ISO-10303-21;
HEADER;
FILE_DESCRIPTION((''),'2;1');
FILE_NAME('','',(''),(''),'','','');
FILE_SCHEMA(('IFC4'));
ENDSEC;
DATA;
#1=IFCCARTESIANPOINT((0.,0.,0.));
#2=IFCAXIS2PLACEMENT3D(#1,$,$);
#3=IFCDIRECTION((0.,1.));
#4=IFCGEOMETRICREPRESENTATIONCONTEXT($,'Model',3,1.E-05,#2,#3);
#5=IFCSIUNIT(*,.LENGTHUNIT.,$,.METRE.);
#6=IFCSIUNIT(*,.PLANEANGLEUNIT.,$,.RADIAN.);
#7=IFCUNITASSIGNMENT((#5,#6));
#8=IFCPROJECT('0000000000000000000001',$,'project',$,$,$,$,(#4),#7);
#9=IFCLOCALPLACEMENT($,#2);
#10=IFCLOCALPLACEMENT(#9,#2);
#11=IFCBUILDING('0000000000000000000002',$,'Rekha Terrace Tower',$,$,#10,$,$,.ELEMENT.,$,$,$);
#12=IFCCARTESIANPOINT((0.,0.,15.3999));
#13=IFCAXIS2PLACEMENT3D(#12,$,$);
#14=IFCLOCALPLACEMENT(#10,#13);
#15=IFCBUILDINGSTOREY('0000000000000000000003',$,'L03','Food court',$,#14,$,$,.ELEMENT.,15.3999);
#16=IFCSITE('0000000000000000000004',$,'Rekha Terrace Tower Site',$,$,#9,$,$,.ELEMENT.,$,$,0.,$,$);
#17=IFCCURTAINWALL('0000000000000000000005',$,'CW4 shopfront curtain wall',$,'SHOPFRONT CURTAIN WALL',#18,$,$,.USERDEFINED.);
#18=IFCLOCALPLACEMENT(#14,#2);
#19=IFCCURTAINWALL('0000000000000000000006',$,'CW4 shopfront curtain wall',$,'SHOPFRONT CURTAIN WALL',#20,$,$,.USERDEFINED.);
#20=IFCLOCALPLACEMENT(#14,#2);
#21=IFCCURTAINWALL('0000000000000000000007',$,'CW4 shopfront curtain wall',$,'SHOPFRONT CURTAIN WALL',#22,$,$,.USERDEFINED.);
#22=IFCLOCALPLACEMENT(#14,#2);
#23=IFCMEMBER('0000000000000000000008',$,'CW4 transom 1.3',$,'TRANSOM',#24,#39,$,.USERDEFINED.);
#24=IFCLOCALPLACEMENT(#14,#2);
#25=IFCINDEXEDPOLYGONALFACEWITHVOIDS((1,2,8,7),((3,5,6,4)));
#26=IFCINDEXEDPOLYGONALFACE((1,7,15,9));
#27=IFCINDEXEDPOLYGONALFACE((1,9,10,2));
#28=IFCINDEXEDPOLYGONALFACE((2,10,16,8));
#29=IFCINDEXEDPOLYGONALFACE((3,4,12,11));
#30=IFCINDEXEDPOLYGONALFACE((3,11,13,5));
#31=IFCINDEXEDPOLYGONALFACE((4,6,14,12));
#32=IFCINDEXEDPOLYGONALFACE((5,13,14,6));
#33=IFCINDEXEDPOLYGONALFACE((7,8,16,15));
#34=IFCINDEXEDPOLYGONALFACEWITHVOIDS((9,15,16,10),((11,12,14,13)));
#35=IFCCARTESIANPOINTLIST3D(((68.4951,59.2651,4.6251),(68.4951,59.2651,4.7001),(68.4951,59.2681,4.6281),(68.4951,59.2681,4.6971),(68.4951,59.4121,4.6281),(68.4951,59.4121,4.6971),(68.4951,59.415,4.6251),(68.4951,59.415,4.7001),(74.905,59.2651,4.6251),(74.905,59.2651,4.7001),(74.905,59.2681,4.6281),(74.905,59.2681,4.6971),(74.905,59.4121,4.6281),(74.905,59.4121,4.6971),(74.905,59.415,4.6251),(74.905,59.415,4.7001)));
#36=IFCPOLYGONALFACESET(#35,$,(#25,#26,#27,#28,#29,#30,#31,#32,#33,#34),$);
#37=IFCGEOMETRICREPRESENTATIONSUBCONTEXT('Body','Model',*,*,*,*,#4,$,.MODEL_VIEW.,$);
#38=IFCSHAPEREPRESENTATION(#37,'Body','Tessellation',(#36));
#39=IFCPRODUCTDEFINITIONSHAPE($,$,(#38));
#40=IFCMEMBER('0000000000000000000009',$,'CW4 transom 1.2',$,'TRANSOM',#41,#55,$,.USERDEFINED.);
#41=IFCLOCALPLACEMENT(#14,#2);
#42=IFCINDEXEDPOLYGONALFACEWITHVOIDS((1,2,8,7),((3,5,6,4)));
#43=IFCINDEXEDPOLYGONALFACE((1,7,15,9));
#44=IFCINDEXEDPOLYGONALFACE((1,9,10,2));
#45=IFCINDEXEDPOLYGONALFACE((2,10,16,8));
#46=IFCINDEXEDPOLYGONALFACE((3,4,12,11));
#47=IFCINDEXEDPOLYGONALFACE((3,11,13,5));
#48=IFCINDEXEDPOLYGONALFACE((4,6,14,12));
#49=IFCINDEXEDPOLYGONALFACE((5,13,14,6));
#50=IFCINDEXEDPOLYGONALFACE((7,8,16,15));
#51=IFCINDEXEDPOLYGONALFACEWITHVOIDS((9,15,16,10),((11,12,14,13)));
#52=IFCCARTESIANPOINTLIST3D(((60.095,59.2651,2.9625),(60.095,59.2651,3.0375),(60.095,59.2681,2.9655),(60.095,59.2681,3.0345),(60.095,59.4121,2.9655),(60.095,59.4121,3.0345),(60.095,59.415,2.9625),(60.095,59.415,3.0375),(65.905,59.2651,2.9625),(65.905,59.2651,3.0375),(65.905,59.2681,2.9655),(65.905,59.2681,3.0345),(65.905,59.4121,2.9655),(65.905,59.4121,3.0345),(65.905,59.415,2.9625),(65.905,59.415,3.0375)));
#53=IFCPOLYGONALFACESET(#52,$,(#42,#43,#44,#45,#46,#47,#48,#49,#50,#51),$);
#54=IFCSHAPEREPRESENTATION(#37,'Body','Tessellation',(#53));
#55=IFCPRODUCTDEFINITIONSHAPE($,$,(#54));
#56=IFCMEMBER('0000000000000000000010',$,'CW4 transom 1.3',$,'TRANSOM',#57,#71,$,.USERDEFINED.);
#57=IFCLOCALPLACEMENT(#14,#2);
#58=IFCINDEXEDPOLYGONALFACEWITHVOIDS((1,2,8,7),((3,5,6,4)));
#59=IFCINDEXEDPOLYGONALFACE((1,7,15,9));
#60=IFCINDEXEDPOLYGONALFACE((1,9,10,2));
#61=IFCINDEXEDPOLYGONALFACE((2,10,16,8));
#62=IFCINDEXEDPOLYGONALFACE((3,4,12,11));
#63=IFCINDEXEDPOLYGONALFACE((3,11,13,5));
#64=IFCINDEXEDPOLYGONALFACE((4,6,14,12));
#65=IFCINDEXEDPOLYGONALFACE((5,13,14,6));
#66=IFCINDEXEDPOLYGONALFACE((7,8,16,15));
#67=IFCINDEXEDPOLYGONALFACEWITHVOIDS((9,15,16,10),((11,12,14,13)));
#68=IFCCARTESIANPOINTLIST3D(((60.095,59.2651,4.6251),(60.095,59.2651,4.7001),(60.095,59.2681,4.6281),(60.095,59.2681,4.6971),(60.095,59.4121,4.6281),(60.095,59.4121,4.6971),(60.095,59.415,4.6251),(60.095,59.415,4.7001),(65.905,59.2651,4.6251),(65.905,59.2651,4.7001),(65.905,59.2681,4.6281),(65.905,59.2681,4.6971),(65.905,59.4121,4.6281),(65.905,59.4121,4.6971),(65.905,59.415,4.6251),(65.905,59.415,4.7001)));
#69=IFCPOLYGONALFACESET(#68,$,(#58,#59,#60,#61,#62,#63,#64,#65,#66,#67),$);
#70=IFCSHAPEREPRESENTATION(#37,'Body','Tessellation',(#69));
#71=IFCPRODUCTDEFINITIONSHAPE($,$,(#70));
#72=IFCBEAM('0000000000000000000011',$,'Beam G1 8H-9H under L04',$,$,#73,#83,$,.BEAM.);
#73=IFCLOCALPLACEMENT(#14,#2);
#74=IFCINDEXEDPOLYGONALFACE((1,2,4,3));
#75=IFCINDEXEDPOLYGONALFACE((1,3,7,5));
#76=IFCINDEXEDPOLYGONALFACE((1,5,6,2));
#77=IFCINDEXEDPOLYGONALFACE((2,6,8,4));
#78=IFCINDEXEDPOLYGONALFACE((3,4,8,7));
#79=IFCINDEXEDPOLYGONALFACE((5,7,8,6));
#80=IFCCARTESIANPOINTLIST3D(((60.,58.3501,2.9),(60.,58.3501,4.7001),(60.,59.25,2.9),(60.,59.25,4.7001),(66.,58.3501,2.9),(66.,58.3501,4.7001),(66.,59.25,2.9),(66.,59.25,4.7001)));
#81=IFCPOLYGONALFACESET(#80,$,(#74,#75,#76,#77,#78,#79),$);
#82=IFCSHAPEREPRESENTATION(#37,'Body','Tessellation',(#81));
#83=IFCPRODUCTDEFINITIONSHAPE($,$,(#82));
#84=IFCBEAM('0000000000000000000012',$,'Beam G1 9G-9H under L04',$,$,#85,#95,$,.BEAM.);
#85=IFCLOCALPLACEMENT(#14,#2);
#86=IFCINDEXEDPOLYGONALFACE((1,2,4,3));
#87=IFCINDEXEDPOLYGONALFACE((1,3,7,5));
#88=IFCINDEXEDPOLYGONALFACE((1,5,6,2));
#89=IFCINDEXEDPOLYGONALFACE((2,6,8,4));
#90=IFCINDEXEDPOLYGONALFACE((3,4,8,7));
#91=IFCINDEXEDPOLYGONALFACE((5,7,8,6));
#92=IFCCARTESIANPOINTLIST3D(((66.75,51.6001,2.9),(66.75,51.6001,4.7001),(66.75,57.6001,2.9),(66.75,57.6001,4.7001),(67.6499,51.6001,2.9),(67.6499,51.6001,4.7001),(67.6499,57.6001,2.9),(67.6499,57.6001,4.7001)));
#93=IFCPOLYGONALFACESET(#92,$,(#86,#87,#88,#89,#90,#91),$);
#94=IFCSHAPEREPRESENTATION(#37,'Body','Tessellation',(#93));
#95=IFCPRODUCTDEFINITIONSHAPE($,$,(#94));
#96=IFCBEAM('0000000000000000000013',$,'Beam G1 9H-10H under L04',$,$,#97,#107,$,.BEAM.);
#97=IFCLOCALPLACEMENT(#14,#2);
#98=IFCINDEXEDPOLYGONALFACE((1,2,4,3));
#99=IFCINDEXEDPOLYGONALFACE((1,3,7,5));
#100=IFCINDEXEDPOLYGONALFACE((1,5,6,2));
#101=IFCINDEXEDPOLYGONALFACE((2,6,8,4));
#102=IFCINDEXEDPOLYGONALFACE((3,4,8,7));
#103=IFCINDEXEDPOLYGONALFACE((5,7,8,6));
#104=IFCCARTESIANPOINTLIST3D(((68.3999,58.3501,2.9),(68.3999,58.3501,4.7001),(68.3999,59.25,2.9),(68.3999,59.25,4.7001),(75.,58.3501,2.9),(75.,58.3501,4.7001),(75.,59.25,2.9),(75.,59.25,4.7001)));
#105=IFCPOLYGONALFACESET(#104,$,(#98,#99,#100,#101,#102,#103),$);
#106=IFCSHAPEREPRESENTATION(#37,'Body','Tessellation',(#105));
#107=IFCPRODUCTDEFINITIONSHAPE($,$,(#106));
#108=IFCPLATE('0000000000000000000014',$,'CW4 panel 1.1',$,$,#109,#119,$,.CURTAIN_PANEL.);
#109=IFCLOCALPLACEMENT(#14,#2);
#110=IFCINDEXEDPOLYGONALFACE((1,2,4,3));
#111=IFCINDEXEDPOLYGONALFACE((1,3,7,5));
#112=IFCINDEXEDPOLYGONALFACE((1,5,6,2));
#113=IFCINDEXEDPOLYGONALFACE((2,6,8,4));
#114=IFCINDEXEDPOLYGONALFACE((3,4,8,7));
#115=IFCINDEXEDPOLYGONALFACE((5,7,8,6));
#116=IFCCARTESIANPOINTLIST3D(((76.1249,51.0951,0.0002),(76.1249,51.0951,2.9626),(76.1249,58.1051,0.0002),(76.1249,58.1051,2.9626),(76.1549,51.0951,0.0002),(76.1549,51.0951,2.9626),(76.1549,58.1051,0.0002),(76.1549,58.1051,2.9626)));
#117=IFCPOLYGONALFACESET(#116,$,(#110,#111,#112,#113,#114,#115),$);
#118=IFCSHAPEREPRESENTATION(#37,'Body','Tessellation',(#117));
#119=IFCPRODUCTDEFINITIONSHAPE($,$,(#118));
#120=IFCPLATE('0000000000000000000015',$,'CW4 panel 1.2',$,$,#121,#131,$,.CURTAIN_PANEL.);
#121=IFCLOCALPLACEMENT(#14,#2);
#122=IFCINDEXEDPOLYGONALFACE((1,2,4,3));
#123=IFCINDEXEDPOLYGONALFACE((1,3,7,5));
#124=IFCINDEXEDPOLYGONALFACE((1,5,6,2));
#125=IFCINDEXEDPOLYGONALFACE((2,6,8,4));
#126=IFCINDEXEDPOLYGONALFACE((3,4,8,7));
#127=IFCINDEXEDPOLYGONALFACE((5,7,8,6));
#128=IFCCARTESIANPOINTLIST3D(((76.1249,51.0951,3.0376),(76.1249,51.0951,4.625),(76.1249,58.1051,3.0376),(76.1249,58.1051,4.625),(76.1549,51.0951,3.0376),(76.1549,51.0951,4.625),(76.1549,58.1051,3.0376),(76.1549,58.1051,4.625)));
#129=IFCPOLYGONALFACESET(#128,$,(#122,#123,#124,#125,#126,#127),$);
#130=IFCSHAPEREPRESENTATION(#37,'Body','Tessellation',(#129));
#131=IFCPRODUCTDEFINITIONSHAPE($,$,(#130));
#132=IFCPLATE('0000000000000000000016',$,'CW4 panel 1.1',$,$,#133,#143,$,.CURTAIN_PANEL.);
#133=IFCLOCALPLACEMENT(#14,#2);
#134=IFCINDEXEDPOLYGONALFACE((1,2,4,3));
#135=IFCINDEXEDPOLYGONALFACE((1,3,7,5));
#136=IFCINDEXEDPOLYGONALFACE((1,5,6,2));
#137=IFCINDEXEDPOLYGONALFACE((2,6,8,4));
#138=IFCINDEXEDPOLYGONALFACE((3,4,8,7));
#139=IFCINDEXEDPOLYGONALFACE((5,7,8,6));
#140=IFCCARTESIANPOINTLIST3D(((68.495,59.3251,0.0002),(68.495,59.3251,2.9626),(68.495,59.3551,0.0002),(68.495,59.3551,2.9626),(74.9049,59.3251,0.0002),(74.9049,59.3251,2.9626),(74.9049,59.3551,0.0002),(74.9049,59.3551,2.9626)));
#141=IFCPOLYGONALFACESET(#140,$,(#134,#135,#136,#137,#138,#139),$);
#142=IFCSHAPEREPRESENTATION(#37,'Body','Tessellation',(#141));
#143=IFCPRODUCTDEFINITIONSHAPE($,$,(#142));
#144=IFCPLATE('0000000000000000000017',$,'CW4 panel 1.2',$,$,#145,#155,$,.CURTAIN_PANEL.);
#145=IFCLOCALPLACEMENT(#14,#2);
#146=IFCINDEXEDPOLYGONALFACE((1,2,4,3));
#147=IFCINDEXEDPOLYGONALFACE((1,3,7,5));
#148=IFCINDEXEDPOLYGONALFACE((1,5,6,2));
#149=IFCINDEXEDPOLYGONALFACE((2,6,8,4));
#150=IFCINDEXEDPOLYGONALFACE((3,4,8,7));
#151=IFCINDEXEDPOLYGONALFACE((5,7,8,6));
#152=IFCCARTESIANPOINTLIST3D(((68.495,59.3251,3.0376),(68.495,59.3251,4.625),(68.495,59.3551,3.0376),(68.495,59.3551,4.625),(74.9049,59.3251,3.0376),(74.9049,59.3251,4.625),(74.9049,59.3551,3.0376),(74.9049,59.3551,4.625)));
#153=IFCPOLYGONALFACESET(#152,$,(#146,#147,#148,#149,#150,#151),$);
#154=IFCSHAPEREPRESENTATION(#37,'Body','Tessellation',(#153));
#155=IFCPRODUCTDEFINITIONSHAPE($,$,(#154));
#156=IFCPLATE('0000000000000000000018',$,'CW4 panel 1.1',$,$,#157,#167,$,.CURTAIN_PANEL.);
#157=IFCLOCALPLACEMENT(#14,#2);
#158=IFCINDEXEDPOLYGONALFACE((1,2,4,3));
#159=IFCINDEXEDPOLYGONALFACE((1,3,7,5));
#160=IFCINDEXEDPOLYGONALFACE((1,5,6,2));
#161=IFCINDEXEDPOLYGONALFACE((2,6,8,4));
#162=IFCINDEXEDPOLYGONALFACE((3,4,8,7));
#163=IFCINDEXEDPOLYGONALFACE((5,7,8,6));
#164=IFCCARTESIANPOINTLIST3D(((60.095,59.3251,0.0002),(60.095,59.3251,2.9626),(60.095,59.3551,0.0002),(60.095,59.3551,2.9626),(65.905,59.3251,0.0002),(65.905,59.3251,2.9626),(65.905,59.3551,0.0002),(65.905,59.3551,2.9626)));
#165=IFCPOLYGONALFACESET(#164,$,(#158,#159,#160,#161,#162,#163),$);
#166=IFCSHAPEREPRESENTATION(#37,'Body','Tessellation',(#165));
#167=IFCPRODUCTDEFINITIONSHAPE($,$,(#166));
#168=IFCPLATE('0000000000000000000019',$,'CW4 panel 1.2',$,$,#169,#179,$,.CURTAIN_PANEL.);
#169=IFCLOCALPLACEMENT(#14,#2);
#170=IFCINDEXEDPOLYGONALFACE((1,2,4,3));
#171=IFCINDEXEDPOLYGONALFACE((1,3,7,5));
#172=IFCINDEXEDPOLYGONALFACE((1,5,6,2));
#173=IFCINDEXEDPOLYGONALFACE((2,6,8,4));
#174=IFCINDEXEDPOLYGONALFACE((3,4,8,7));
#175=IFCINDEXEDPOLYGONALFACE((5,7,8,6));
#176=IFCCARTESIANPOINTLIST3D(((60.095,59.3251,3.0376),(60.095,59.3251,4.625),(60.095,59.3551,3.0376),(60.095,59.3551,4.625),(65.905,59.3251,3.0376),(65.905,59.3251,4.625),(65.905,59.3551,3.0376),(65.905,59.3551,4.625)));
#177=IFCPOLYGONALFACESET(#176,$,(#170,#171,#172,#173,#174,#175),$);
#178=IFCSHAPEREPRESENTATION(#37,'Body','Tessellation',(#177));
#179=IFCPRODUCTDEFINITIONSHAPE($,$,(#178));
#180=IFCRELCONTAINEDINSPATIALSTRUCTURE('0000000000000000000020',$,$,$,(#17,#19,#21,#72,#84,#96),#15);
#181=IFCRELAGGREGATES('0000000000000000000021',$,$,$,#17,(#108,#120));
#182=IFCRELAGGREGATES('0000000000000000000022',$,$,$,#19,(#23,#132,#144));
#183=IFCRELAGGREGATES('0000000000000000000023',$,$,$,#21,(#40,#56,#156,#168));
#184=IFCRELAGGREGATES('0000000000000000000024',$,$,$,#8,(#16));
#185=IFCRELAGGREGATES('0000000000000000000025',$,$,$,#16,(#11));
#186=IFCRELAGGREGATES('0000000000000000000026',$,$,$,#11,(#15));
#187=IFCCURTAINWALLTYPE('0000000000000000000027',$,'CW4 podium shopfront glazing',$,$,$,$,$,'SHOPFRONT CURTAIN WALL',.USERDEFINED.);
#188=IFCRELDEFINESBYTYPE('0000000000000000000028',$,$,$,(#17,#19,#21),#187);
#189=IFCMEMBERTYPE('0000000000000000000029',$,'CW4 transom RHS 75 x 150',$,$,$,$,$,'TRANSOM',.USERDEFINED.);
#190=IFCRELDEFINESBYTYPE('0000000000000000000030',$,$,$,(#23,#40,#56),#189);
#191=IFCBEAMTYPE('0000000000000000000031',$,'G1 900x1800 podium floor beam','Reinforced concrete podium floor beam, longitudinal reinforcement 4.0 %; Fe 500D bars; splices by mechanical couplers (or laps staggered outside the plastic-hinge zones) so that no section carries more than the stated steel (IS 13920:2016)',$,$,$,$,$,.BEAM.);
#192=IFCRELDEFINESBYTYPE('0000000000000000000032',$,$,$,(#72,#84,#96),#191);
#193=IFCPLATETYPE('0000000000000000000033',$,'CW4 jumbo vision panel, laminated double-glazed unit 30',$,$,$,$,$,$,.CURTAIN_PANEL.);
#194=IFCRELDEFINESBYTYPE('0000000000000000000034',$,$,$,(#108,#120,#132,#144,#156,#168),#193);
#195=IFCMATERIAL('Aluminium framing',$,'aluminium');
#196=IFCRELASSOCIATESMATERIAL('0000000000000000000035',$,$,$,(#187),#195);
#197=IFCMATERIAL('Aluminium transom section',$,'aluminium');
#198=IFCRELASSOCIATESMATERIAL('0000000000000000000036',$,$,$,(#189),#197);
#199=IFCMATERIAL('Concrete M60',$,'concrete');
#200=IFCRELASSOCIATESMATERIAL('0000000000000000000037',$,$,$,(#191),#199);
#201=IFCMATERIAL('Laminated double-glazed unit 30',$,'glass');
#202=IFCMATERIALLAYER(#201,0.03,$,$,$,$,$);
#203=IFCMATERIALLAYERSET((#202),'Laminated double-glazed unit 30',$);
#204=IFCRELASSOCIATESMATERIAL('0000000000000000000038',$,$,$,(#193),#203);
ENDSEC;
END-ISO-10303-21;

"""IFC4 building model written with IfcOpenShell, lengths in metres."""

from ifc_helpers import new_model, si_unit, direction, frame, origin, origin_2d, place, context, subcontext, project, spatial, rectangle, hollow_rectangle, extrude, material, layer, layer_set, material_profile, profile_set, type_object, element, aggregate, save


model = new_model("IFC4")

# Units and contexts
model_context = context("Model", 3, precision=1e-05, world=origin(), true_north=direction((0.0, 1.0)))
body_context = subcontext(model_context, "Body", "Model", "MODEL_VIEW")
ifc_project = project(units=[si_unit("LENGTHUNIT", "METRE"), si_unit("PLANEANGLEUNIT", "RADIAN")], contexts=[model_context])

# Site, building, storey
site_placement = place(None, origin())
site = spatial("IfcSite", under=ifc_project, at=site_placement, Name="Rekha Terrace Tower Site", CompositionType="ELEMENT", RefElevation=0.0)
building_placement = place(site_placement, origin())
building = spatial("IfcBuilding", under=site, at=building_placement, Name="Rekha Terrace Tower", CompositionType="ELEMENT")
storey_placement = place(building_placement, frame((0.0, 0.0, 15.3999)))
storey = spatial("IfcBuildingStorey", under=building, at=storey_placement, Name="L03", Description="Food court", CompositionType="ELEMENT", Elevation=15.3999)

# Shared definitions
ifc_material_1 = material(Name="Concrete M60", Category="concrete")

# Curtain walls
ifc_material_2 = material(Name="Aluminium framing", Category="aluminium")
curtain_wall_type = type_object("IfcCurtainWallType", Name="CW4 podium shopfront glazing", ElementType="SHOPFRONT CURTAIN WALL", PredefinedType="USERDEFINED", material=ifc_material_2)
curtain_wall_1_placement = place(storey_placement, origin())
curtain_wall_1 = element("IfcCurtainWall", 1, at=curtain_wall_1_placement, inside=storey, type_object=curtain_wall_type, Name="CW4 shopfront curtain wall", ObjectType="SHOPFRONT CURTAIN WALL", PredefinedType="USERDEFINED")
curtain_wall_2_placement = place(storey_placement, origin())
curtain_wall_2 = element("IfcCurtainWall", 2, at=curtain_wall_2_placement, inside=storey, type_object=curtain_wall_type, Name="CW4 shopfront curtain wall", ObjectType="SHOPFRONT CURTAIN WALL", PredefinedType="USERDEFINED")
curtain_wall_3_placement = place(storey_placement, origin())
curtain_wall_3 = element("IfcCurtainWall", 3, at=curtain_wall_3_placement, inside=storey, type_object=curtain_wall_type, Name="CW4 shopfront curtain wall", ObjectType="SHOPFRONT CURTAIN WALL", PredefinedType="USERDEFINED")

# Members
ifc_material_3 = material(Name="Aluminium transom section", Category="aluminium")
ifc_material_profile_1 = material_profile(ifc_material_3, hollow_rectangle(XDim=0.1499, YDim=0.075, WallThickness=0.0029, at=origin_2d()), Name="AL RHS 150x75")
ifc_profile_set_1 = profile_set([ifc_material_profile_1], Name="Aluminium transom section")
member_type_1 = type_object("IfcMemberType", Name="CW4 transom RHS 75 x 150", ElementType="TRANSOM", PredefinedType="USERDEFINED", material=ifc_profile_set_1)
member_1_placement = place(storey_placement, frame((74.905, 59.3401, 4.6626), z_axis=(-1.0, 0.0, 0.0), x_axis=(0.0, -1.0, 0.0)))
member_1 = element("IfcMember", 4, at=member_1_placement, type_object=member_type_1, Name="CW4 transom 1.3", ObjectType="TRANSOM", PredefinedType="USERDEFINED", context=body_context, shape_type="SweptSolid", body=[
    extrude(hollow_rectangle(XDim=0.1499, YDim=0.075, WallThickness=0.0029, at=origin_2d()), origin(), (0.0, 0.0, 1.0), 6.4099),
])
member_2_placement = place(storey_placement, frame((65.905, 59.3401, 3.0), z_axis=(-1.0, 0.0, 0.0), x_axis=(0.0, -1.0, 0.0)))
member_2 = element("IfcMember", 5, at=member_2_placement, type_object=member_type_1, Name="CW4 transom 1.2", ObjectType="TRANSOM", PredefinedType="USERDEFINED", context=body_context, shape_type="SweptSolid", body=[
    extrude(hollow_rectangle(XDim=0.1499, YDim=0.075, WallThickness=0.0029, at=origin_2d()), origin(), (0.0, 0.0, 1.0), 5.8101),
])
member_3_placement = place(storey_placement, frame((65.905, 59.3401, 4.6626), z_axis=(-1.0, 0.0, 0.0), x_axis=(0.0, -1.0, 0.0)))
member_3 = element("IfcMember", 6, at=member_3_placement, type_object=member_type_1, Name="CW4 transom 1.3", ObjectType="TRANSOM", PredefinedType="USERDEFINED", context=body_context, shape_type="SweptSolid", body=[
    extrude(hollow_rectangle(XDim=0.1499, YDim=0.075, WallThickness=0.0029, at=origin_2d()), origin(), (0.0, 0.0, 1.0), 5.8101),
])

# Beams
ifc_material_profile_2 = material_profile(ifc_material_1, rectangle(XDim=0.8999, YDim=1.8, at=origin_2d()), Name="RC 900x1800")
ifc_profile_set_2 = profile_set([ifc_material_profile_2], Name="Concrete M60")
beam_type = type_object("IfcBeamType", Name="G1 900x1800 podium floor beam", Description="Reinforced concrete podium floor beam, longitudinal reinforcement 4.0 %; Fe 500D bars; splices by mechanical couplers (or laps staggered outside the plastic-hinge zones) so that no section carries more than the stated steel (IS 13920:2016)", PredefinedType="BEAM", material=ifc_profile_set_2)
for number, where, z_axis, x_axis, name in (
    (7, (60.0, 58.8, 3.8), (1.0, 0.0, 0.0), (0.0, 1.0, 0.0), "Beam G1 8H-9H under L04"),
    (8, (67.2, 51.6001, 3.8), (0.0, 1.0, 0.0), (-1.0, 0.0, 0.0), "Beam G1 9G-9H under L04"),
):
    element("IfcBeam", number, at=place(storey_placement, frame(where, z_axis=z_axis, x_axis=x_axis)), inside=storey, type_object=beam_type, Name=name, PredefinedType="BEAM", context=body_context, shape_type="SweptSolid", body=[
        extrude(rectangle(XDim=0.8999, YDim=1.8, at=origin_2d()), origin(), (0.0, 0.0, 1.0), 6.0),
    ])
beam_placement = place(storey_placement, frame((68.3999, 58.8, 3.8), z_axis=(1.0, 0.0, 0.0), x_axis=(0.0, 1.0, 0.0)))
element("IfcBeam", 9, at=beam_placement, inside=storey, type_object=beam_type, Name="Beam G1 9H-10H under L04", PredefinedType="BEAM", context=body_context, shape_type="SweptSolid", body=[
    extrude(rectangle(XDim=0.8999, YDim=1.8, at=origin_2d()), origin(), (0.0, 0.0, 1.0), 6.6001),
])

# Plates
ifc_material_4 = material(Name="Laminated double-glazed unit 30", Category="glass")
ifc_layer = layer(ifc_material_4, 0.03)
ifc_layer_set = layer_set([ifc_layer], Name="Laminated double-glazed unit 30")
plate_type = type_object("IfcPlateType", Name="CW4 jumbo vision panel, laminated double-glazed unit 30", PredefinedType="CURTAIN_PANEL", material=ifc_layer_set)
plate_1_placement = place(storey_placement, frame((76.1399, 54.6001, 0.0002), z_axis=(0.0, 0.0, 1.0), x_axis=(0.0, 1.0, 0.0)))
plate_1 = element("IfcPlate", 10, at=plate_1_placement, type_object=plate_type, Name="CW4 panel 1.1", PredefinedType="CURTAIN_PANEL", context=body_context, shape_type="SweptSolid", body=[
    extrude(rectangle(XDim=7.01, YDim=0.03, at=origin_2d()), origin(), (0.0, 0.0, 1.0), 2.9624),
])
plate_2_placement = place(storey_placement, frame((76.1399, 54.6001, 3.0376), z_axis=(0.0, 0.0, 1.0), x_axis=(0.0, 1.0, 0.0)))
plate_2 = element("IfcPlate", 11, at=plate_2_placement, type_object=plate_type, Name="CW4 panel 1.2", PredefinedType="CURTAIN_PANEL", context=body_context, shape_type="SweptSolid", body=[
    extrude(rectangle(XDim=7.01, YDim=0.03, at=origin_2d()), origin(), (0.0, 0.0, 1.0), 1.5874),
])
aggregate(curtain_wall_1, [plate_1, plate_2])
plate_3_placement = place(storey_placement, frame((71.7, 59.3401, 0.0002), z_axis=(0.0, 0.0, 1.0), x_axis=(-1.0, 0.0, 0.0)))
plate_3 = element("IfcPlate", 12, at=plate_3_placement, type_object=plate_type, Name="CW4 panel 1.1", PredefinedType="CURTAIN_PANEL", context=body_context, shape_type="SweptSolid", body=[
    extrude(rectangle(XDim=6.4099, YDim=0.03, at=origin_2d()), origin(), (0.0, 0.0, 1.0), 2.9624),
])
plate_4_placement = place(storey_placement, frame((71.7, 59.3401, 3.0376), z_axis=(0.0, 0.0, 1.0), x_axis=(-1.0, 0.0, 0.0)))
plate_4 = element("IfcPlate", 13, at=plate_4_placement, type_object=plate_type, Name="CW4 panel 1.2", PredefinedType="CURTAIN_PANEL", context=body_context, shape_type="SweptSolid", body=[
    extrude(rectangle(XDim=6.4099, YDim=0.03, at=origin_2d()), origin(), (0.0, 0.0, 1.0), 1.5874),
])
aggregate(curtain_wall_2, [member_1, plate_3, plate_4])
plate_5_placement = place(storey_placement, frame((63.0, 59.3401, 0.0002), z_axis=(0.0, 0.0, 1.0), x_axis=(-1.0, 0.0, 0.0)))
plate_5 = element("IfcPlate", 14, at=plate_5_placement, type_object=plate_type, Name="CW4 panel 1.1", PredefinedType="CURTAIN_PANEL", context=body_context, shape_type="SweptSolid", body=[
    extrude(rectangle(XDim=5.8101, YDim=0.03, at=origin_2d()), origin(), (0.0, 0.0, 1.0), 2.9624),
])
plate_6_placement = place(storey_placement, frame((63.0, 59.3401, 3.0376), z_axis=(0.0, 0.0, 1.0), x_axis=(-1.0, 0.0, 0.0)))
plate_6 = element("IfcPlate", 15, at=plate_6_placement, type_object=plate_type, Name="CW4 panel 1.2", PredefinedType="CURTAIN_PANEL", context=body_context, shape_type="SweptSolid", body=[
    extrude(rectangle(XDim=5.8101, YDim=0.03, at=origin_2d()), origin(), (0.0, 0.0, 1.0), 1.5874),
])
aggregate(curtain_wall_3, [member_2, member_3, plate_5, plate_6])

save(model, "model.ifc")
